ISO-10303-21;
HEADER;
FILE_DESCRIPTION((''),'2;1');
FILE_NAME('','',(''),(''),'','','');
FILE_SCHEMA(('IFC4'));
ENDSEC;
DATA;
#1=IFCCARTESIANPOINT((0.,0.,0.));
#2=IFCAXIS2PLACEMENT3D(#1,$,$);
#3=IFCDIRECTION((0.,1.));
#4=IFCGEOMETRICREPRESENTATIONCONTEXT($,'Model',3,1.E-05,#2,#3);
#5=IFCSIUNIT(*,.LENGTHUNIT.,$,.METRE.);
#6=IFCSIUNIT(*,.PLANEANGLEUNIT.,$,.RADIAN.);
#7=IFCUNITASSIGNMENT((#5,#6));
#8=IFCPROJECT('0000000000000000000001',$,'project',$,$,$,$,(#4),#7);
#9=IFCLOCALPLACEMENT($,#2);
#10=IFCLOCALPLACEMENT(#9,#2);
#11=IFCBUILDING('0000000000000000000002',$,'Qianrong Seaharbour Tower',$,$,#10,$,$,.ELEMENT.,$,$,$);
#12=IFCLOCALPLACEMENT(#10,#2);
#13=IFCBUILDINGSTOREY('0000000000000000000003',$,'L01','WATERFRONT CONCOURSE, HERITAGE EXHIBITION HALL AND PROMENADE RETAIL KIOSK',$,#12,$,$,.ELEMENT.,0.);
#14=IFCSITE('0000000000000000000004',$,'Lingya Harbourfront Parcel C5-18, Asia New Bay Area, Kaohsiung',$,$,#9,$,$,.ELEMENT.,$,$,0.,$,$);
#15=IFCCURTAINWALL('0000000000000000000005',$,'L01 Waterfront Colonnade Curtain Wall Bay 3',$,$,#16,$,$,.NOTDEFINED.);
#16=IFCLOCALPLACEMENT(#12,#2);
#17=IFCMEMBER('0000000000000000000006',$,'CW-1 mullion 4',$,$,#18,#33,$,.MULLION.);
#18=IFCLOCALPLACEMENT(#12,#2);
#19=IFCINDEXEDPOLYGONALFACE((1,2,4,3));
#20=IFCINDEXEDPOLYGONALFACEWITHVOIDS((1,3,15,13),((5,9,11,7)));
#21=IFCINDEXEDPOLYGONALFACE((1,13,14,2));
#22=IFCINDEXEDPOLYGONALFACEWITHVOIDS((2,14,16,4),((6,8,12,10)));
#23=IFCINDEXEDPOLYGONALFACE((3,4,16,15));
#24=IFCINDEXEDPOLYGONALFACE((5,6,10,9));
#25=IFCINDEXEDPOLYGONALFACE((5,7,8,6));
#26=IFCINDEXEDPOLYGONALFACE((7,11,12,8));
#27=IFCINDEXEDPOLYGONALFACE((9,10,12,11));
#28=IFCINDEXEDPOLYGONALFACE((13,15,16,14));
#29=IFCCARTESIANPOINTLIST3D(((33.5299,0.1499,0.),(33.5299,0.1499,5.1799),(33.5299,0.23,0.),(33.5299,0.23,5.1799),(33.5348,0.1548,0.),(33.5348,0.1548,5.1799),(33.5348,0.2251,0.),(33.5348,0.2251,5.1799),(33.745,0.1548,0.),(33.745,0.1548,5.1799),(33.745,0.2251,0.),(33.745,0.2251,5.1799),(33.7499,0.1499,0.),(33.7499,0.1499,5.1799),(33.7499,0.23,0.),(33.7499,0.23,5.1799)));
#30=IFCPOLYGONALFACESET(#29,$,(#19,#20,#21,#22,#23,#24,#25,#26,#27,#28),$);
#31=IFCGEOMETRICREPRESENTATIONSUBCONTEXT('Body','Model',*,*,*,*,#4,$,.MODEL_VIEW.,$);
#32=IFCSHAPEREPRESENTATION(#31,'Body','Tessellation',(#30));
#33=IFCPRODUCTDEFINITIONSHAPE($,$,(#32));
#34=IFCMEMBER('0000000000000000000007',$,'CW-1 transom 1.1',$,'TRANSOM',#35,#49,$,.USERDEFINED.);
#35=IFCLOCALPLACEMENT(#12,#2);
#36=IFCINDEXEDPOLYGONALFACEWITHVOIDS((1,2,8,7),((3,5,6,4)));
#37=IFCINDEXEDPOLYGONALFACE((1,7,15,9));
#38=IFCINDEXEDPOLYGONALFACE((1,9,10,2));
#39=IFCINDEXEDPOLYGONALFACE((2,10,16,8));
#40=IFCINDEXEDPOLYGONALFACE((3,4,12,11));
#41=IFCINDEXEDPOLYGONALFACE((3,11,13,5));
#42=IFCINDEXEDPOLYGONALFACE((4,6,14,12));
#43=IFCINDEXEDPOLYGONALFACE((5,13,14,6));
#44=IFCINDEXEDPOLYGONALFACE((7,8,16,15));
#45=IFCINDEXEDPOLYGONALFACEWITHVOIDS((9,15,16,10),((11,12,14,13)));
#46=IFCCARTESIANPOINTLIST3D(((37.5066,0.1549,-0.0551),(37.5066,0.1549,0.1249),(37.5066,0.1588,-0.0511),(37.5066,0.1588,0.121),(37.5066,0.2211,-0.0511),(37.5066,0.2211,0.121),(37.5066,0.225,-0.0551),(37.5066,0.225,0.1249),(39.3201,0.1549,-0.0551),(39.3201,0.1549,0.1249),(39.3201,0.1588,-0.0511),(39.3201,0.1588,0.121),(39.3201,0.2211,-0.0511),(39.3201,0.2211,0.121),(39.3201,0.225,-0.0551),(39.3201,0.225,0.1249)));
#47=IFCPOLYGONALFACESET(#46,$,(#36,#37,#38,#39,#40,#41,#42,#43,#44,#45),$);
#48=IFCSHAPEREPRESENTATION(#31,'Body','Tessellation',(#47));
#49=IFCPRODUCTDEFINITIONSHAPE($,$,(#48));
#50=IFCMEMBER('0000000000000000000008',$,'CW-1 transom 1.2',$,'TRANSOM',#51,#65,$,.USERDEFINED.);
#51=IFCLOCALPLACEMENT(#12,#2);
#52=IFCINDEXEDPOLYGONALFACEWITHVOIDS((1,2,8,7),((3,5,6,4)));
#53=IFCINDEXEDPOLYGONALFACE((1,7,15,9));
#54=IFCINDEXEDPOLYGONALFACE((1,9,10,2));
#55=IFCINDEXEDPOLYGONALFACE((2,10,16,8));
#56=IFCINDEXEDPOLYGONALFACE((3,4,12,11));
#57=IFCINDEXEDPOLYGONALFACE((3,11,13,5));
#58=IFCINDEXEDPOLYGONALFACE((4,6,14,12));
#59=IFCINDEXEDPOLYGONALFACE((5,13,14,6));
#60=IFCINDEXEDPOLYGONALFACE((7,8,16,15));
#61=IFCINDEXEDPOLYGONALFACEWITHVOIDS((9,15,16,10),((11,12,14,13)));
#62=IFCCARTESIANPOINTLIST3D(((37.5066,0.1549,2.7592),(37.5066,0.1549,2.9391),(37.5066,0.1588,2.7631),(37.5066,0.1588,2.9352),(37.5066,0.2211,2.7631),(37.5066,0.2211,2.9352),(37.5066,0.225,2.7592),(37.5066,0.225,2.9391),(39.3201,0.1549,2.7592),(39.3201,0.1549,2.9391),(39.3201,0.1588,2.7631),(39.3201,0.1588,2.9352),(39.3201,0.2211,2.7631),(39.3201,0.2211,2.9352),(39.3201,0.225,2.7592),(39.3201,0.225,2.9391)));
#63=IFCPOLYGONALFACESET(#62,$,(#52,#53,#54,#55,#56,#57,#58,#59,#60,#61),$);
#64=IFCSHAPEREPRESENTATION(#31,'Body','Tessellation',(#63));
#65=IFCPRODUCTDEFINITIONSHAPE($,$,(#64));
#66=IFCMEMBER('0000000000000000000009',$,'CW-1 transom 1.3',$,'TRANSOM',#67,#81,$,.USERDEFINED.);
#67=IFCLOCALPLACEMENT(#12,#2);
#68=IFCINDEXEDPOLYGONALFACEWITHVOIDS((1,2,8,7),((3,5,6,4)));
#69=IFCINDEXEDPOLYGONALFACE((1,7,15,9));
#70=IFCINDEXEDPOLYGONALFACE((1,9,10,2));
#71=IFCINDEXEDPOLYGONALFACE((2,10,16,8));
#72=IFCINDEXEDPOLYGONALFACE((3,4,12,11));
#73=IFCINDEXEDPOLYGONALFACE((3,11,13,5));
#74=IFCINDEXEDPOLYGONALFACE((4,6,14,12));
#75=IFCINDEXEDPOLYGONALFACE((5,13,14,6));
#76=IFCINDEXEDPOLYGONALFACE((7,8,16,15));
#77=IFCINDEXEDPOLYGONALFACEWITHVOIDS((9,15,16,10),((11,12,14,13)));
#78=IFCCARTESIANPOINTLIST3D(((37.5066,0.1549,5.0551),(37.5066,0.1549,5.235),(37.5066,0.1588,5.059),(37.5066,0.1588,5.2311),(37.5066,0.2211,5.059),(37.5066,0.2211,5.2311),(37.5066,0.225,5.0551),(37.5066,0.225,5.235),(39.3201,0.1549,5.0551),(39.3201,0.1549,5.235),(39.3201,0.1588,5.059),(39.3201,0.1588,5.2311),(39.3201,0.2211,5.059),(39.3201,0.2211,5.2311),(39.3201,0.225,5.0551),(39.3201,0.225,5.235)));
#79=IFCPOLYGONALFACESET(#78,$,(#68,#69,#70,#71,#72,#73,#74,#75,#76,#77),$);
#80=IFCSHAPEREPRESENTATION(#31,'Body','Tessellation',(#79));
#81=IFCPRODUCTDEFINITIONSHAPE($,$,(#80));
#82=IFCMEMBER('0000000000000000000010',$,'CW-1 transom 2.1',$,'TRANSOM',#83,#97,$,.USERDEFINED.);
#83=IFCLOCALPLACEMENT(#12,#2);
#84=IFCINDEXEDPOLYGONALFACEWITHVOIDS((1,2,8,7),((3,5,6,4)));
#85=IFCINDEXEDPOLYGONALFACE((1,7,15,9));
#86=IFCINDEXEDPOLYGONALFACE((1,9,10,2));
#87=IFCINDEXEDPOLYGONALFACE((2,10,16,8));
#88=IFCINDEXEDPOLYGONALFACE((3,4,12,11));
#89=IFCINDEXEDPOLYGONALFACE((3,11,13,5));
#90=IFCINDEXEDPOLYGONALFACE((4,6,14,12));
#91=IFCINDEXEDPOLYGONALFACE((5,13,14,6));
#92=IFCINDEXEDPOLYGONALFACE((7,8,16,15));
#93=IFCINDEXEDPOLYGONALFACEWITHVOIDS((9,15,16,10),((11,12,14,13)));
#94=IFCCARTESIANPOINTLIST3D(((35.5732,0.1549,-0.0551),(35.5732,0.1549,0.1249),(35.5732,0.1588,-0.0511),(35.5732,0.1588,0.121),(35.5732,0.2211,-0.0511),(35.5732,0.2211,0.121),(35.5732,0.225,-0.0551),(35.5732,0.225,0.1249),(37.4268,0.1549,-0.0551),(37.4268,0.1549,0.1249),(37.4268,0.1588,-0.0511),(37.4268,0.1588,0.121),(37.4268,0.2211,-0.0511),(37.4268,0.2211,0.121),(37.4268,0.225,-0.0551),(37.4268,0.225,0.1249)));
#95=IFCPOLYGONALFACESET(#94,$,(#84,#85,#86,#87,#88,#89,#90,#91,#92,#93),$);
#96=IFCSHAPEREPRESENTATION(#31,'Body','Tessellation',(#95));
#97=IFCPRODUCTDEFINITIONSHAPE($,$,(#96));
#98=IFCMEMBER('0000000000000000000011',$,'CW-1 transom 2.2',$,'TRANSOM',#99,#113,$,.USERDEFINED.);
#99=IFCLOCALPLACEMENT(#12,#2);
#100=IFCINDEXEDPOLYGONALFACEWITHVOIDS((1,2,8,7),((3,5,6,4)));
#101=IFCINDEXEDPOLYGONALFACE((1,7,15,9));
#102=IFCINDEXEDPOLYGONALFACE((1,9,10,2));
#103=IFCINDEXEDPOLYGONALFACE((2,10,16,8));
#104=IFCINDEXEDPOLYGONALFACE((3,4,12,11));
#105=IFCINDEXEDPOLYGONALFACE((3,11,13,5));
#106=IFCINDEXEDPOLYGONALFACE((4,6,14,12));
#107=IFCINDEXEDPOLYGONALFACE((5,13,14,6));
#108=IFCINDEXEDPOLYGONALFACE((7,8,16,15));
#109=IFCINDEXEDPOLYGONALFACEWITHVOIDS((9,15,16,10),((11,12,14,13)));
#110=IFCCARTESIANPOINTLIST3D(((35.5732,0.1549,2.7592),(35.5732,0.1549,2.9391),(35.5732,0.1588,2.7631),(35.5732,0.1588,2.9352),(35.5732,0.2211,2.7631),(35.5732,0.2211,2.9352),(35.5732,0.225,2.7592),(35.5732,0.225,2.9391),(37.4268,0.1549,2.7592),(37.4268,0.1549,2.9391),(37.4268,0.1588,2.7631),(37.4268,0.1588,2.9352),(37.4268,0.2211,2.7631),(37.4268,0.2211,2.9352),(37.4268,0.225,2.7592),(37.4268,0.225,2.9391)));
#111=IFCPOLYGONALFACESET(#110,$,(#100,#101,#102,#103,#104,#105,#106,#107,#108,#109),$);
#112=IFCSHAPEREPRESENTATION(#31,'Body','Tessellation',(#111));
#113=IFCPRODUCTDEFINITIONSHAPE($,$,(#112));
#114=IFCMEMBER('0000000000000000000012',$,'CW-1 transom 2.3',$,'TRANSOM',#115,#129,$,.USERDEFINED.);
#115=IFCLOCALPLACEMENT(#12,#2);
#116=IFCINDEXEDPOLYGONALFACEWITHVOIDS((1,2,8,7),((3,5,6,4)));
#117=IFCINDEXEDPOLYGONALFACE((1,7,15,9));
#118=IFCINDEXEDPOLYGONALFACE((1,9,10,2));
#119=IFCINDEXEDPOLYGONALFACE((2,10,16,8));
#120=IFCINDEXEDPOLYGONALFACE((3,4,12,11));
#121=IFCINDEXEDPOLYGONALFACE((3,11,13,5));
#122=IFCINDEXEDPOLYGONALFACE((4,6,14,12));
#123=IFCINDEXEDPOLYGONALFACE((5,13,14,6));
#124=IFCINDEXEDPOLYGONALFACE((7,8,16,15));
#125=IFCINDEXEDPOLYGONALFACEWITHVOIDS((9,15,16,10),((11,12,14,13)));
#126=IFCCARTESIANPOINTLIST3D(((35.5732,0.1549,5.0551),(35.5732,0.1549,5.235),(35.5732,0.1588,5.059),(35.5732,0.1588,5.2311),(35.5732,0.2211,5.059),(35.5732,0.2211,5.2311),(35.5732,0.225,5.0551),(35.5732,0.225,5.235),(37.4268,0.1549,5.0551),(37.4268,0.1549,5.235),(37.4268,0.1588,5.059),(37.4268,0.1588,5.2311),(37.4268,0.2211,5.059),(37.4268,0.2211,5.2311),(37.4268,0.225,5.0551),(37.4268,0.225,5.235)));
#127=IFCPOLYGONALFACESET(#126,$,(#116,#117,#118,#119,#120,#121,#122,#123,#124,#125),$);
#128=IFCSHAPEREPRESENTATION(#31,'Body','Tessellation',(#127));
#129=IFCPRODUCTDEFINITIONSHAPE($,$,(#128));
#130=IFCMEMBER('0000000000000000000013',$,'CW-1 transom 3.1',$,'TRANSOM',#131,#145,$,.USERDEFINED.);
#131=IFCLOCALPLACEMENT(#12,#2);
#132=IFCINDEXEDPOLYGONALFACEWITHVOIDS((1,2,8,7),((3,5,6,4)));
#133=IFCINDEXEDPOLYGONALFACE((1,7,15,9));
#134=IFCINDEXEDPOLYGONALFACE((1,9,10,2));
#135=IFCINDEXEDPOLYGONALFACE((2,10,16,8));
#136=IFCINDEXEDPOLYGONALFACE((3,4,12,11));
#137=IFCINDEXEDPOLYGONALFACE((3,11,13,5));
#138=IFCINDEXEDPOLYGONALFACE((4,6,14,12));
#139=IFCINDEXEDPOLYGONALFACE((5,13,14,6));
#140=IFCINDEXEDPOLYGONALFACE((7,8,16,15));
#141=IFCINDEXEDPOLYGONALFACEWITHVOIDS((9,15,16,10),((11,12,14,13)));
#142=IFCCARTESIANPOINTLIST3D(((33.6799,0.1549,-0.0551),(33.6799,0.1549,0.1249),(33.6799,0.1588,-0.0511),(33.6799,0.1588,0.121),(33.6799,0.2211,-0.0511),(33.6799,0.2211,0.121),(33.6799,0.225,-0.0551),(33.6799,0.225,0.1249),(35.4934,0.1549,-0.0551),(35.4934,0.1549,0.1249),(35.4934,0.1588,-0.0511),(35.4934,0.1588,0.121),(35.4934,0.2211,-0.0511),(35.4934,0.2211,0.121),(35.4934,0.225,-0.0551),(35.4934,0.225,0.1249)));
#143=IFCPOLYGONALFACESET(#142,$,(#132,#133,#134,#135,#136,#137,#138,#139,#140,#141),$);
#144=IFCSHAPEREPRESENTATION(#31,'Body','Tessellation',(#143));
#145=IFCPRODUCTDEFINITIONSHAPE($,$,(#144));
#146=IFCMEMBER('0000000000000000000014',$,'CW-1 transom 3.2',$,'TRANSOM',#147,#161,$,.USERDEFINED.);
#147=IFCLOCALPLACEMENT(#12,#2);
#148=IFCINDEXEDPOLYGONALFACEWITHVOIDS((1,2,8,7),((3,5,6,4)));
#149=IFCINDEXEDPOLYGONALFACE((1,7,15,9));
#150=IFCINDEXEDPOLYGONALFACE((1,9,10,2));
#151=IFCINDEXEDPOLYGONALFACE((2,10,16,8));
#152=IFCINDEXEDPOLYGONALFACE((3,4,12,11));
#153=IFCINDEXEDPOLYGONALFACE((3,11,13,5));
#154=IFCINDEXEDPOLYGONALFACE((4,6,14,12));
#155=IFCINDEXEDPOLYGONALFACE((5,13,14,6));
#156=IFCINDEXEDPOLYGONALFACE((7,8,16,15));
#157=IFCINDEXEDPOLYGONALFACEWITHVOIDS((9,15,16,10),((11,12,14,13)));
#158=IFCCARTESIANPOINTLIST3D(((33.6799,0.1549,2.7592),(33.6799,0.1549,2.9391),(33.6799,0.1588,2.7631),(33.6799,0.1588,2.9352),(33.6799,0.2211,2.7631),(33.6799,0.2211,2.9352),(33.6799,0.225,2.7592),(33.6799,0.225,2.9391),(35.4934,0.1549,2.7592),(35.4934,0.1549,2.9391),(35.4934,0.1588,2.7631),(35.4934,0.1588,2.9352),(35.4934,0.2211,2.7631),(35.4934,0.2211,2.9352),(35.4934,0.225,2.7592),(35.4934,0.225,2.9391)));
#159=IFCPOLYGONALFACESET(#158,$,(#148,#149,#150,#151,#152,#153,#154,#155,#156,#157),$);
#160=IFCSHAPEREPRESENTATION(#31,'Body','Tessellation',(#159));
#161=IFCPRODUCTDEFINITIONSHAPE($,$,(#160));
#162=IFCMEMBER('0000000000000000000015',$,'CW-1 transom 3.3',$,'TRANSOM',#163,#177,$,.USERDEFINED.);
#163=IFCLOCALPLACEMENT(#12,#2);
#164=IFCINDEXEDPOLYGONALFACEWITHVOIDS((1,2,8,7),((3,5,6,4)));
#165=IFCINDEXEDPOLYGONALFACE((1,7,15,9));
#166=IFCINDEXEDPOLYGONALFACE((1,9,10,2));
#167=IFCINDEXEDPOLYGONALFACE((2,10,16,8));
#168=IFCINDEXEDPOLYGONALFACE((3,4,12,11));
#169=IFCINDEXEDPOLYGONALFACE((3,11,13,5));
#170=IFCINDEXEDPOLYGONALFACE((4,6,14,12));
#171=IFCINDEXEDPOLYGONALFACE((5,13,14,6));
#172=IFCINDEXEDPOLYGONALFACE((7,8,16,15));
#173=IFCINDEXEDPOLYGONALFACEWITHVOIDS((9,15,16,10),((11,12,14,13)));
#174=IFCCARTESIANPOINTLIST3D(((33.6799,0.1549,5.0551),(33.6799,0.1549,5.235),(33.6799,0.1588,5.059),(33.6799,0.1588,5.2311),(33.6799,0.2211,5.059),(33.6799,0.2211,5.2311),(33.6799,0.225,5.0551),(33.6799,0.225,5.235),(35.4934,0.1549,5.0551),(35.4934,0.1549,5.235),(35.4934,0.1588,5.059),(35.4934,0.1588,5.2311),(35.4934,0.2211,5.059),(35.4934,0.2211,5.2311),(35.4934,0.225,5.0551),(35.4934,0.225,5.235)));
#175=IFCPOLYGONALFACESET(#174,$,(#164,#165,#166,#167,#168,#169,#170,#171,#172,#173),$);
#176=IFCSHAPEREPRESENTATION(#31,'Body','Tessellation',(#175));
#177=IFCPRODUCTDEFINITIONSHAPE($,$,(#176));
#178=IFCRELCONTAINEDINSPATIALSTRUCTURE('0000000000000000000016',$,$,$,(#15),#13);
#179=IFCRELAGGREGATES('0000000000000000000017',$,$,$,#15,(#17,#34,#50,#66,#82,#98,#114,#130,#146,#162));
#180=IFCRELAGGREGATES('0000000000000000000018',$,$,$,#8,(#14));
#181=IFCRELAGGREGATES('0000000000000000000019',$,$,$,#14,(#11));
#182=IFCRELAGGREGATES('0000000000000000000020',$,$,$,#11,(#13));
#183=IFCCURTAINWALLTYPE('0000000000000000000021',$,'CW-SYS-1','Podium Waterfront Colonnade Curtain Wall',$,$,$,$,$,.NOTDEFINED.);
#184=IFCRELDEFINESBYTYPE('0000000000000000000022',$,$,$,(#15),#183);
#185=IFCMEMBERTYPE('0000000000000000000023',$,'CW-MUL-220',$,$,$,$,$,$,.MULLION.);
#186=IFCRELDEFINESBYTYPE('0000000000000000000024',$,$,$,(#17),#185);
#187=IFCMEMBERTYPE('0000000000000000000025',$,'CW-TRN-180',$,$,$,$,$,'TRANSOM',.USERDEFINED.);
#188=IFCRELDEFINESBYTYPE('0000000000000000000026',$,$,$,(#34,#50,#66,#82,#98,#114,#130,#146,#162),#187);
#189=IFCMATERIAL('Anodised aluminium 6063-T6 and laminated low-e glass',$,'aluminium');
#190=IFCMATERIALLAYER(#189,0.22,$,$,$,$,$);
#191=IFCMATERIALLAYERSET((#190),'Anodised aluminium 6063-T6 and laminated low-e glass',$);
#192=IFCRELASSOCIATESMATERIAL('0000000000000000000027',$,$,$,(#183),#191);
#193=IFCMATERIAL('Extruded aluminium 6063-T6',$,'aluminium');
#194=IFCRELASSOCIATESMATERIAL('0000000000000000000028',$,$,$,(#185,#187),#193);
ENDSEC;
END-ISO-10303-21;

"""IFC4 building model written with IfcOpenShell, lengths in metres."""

from ifc_helpers import new_model, si_unit, direction, frame, origin, origin_2d, place, context, subcontext, project, spatial, hollow_rectangle, extrude, material, layer, layer_set, material_profile, profile_set, type_object, element, aggregate, save


model = new_model("IFC4")

# Units and contexts
model_context = context("Model", 3, precision=1e-05, world=origin(), true_north=direction((0.0, 1.0)))
body_context = subcontext(model_context, "Body", "Model", "MODEL_VIEW")
ifc_project = project(units=[si_unit("LENGTHUNIT", "METRE"), si_unit("PLANEANGLEUNIT", "RADIAN")], contexts=[model_context])

# Site, building, storey
site_placement = place(None, origin())
site = spatial("IfcSite", under=ifc_project, at=site_placement, Name="Lingya Harbourfront Parcel C5-18, Asia New Bay Area, Kaohsiung", CompositionType="ELEMENT", RefElevation=0.0)
building_placement = place(site_placement, origin())
building = spatial("IfcBuilding", under=site, at=building_placement, Name="Qianrong Seaharbour Tower", CompositionType="ELEMENT")
storey_placement = place(building_placement, origin())
storey = spatial("IfcBuildingStorey", under=building, at=storey_placement, Name="L01", Description="WATERFRONT CONCOURSE, HERITAGE EXHIBITION HALL AND PROMENADE RETAIL KIOSK", CompositionType="ELEMENT", Elevation=0.0)

# Curtain wall, members
ifc_material_1 = material(Name="Anodised aluminium 6063-T6 and laminated low-e glass", Category="aluminium")
ifc_layer_1 = layer(ifc_material_1, 0.22)
ifc_layer_set_1 = layer_set([ifc_layer_1], Name="Anodised aluminium 6063-T6 and laminated low-e glass")
curtain_wall_type = type_object("IfcCurtainWallType", Name="CW-SYS-1", Description="Podium Waterfront Colonnade Curtain Wall", PredefinedType="NOTDEFINED", material=ifc_layer_set_1)
curtain_wall_placement = place(storey_placement, origin())
curtain_wall = element("IfcCurtainWall", 1, at=curtain_wall_placement, inside=storey, type_object=curtain_wall_type, Name="L01 Waterfront Colonnade Curtain Wall Bay 3", PredefinedType="NOTDEFINED")
ifc_material_2 = material(Name="Extruded aluminium 6063-T6", Category="aluminium")
ifc_material_profile_1 = material_profile(ifc_material_2, hollow_rectangle(XDim=0.0801, YDim=0.22, WallThickness=0.0049, at=origin_2d()), Name="ALU-MUL-220x80x5")
ifc_profile_set_1 = profile_set([ifc_material_profile_1], Name="Extruded aluminium 6063-T6")
member_type_1 = type_object("IfcMemberType", Name="CW-MUL-220", PredefinedType="MULLION", material=ifc_profile_set_1)
member_1_placement = place(storey_placement, frame((33.6399, 0.1899, 0.0), z_axis=(0.0, 0.0, 1.0), x_axis=(0.0, -1.0, 0.0)))
member_1 = element("IfcMember", 2, at=member_1_placement, type_object=member_type_1, Name="CW-1 mullion 4", PredefinedType="MULLION", context=body_context, shape_type="SweptSolid", body=[
    extrude(hollow_rectangle(XDim=0.0801, YDim=0.22, WallThickness=0.0049, at=origin_2d()), origin(), (0.0, 0.0, 1.0), 5.1799),
])
ifc_material_profile_2 = material_profile(ifc_material_2, hollow_rectangle(XDim=0.0701, YDim=0.1799, WallThickness=0.0039, at=origin_2d()), Name="ALU-TRN-180x70x4")
ifc_profile_set_2 = profile_set([ifc_material_profile_2], Name="Extruded aluminium 6063-T6")
member_type_2 = type_object("IfcMemberType", Name="CW-TRN-180", ElementType="TRANSOM", PredefinedType="USERDEFINED", material=ifc_profile_set_2)
member_2_placement = place(storey_placement, frame((39.3201, 0.1899, 0.0349), z_axis=(-1.0, 0.0, 0.0), x_axis=(0.0, -1.0, 0.0)))
member_2 = element("IfcMember", 3, at=member_2_placement, type_object=member_type_2, Name="CW-1 transom 1.1", ObjectType="TRANSOM", PredefinedType="USERDEFINED", context=body_context, shape_type="SweptSolid", body=[
    extrude(hollow_rectangle(XDim=0.0701, YDim=0.1799, WallThickness=0.0039, at=origin_2d()), origin(), (0.0, 0.0, 1.0), 1.8135),
])
member_3_placement = place(storey_placement, frame((39.3201, 0.1899, 2.8491), z_axis=(-1.0, 0.0, 0.0), x_axis=(0.0, -1.0, 0.0)))
member_3 = element("IfcMember", 4, at=member_3_placement, type_object=member_type_2, Name="CW-1 transom 1.2", ObjectType="TRANSOM", PredefinedType="USERDEFINED", context=body_context, shape_type="SweptSolid", body=[
    extrude(hollow_rectangle(XDim=0.0701, YDim=0.1799, WallThickness=0.0039, at=origin_2d()), origin(), (0.0, 0.0, 1.0), 1.8135),
])
member_4_placement = place(storey_placement, frame((39.3201, 0.1899, 5.145), z_axis=(-1.0, 0.0, 0.0), x_axis=(0.0, -1.0, 0.0)))
member_4 = element("IfcMember", 5, at=member_4_placement, type_object=member_type_2, Name="CW-1 transom 1.3", ObjectType="TRANSOM", PredefinedType="USERDEFINED", context=body_context, shape_type="SweptSolid", body=[
    extrude(hollow_rectangle(XDim=0.0701, YDim=0.1799, WallThickness=0.0039, at=origin_2d()), origin(), (0.0, 0.0, 1.0), 1.8135),
])
member_5_placement = place(storey_placement, frame((37.4268, 0.1899, 0.0349), z_axis=(-1.0, 0.0, 0.0), x_axis=(0.0, -1.0, 0.0)))
member_5 = element("IfcMember", 6, at=member_5_placement, type_object=member_type_2, Name="CW-1 transom 2.1", ObjectType="TRANSOM", PredefinedType="USERDEFINED", context=body_context, shape_type="SweptSolid", body=[
    extrude(hollow_rectangle(XDim=0.0701, YDim=0.1799, WallThickness=0.0039, at=origin_2d()), origin(), (0.0, 0.0, 1.0), 1.8535),
])
member_6_placement = place(storey_placement, frame((37.4268, 0.1899, 2.8491), z_axis=(-1.0, 0.0, 0.0), x_axis=(0.0, -1.0, 0.0)))
member_6 = element("IfcMember", 7, at=member_6_placement, type_object=member_type_2, Name="CW-1 transom 2.2", ObjectType="TRANSOM", PredefinedType="USERDEFINED", context=body_context, shape_type="SweptSolid", body=[
    extrude(hollow_rectangle(XDim=0.0701, YDim=0.1799, WallThickness=0.0039, at=origin_2d()), origin(), (0.0, 0.0, 1.0), 1.8535),
])
member_7_placement = place(storey_placement, frame((37.4268, 0.1899, 5.145), z_axis=(-1.0, 0.0, 0.0), x_axis=(0.0, -1.0, 0.0)))
member_7 = element("IfcMember", 8, at=member_7_placement, type_object=member_type_2, Name="CW-1 transom 2.3", ObjectType="TRANSOM", PredefinedType="USERDEFINED", context=body_context, shape_type="SweptSolid", body=[
    extrude(hollow_rectangle(XDim=0.0701, YDim=0.1799, WallThickness=0.0039, at=origin_2d()), origin(), (0.0, 0.0, 1.0), 1.8535),
])
member_8_placement = place(storey_placement, frame((35.4934, 0.1899, 0.0349), z_axis=(-1.0, 0.0, 0.0), x_axis=(0.0, -1.0, 0.0)))
member_8 = element("IfcMember", 9, at=member_8_placement, type_object=member_type_2, Name="CW-1 transom 3.1", ObjectType="TRANSOM", PredefinedType="USERDEFINED", context=body_context, shape_type="SweptSolid", body=[
    extrude(hollow_rectangle(XDim=0.0701, YDim=0.1799, WallThickness=0.0039, at=origin_2d()), origin(), (0.0, 0.0, 1.0), 1.8135),
])
member_9_placement = place(storey_placement, frame((35.4934, 0.1899, 2.8491), z_axis=(-1.0, 0.0, 0.0), x_axis=(0.0, -1.0, 0.0)))
member_9 = element("IfcMember", 10, at=member_9_placement, type_object=member_type_2, Name="CW-1 transom 3.2", ObjectType="TRANSOM", PredefinedType="USERDEFINED", context=body_context, shape_type="SweptSolid", body=[
    extrude(hollow_rectangle(XDim=0.0701, YDim=0.1799, WallThickness=0.0039, at=origin_2d()), origin(), (0.0, 0.0, 1.0), 1.8135),
])
member_10_placement = place(storey_placement, frame((35.4934, 0.1899, 5.145), z_axis=(-1.0, 0.0, 0.0), x_axis=(0.0, -1.0, 0.0)))
member_10 = element("IfcMember", 11, at=member_10_placement, type_object=member_type_2, Name="CW-1 transom 3.3", ObjectType="TRANSOM", PredefinedType="USERDEFINED", context=body_context, shape_type="SweptSolid", body=[
    extrude(hollow_rectangle(XDim=0.0701, YDim=0.1799, WallThickness=0.0039, at=origin_2d()), origin(), (0.0, 0.0, 1.0), 1.8135),
])

aggregate(curtain_wall, [member_1, member_2, member_3, member_4, member_5, member_6, member_7, member_8, member_9, member_10])

save(model, "model.ifc")
